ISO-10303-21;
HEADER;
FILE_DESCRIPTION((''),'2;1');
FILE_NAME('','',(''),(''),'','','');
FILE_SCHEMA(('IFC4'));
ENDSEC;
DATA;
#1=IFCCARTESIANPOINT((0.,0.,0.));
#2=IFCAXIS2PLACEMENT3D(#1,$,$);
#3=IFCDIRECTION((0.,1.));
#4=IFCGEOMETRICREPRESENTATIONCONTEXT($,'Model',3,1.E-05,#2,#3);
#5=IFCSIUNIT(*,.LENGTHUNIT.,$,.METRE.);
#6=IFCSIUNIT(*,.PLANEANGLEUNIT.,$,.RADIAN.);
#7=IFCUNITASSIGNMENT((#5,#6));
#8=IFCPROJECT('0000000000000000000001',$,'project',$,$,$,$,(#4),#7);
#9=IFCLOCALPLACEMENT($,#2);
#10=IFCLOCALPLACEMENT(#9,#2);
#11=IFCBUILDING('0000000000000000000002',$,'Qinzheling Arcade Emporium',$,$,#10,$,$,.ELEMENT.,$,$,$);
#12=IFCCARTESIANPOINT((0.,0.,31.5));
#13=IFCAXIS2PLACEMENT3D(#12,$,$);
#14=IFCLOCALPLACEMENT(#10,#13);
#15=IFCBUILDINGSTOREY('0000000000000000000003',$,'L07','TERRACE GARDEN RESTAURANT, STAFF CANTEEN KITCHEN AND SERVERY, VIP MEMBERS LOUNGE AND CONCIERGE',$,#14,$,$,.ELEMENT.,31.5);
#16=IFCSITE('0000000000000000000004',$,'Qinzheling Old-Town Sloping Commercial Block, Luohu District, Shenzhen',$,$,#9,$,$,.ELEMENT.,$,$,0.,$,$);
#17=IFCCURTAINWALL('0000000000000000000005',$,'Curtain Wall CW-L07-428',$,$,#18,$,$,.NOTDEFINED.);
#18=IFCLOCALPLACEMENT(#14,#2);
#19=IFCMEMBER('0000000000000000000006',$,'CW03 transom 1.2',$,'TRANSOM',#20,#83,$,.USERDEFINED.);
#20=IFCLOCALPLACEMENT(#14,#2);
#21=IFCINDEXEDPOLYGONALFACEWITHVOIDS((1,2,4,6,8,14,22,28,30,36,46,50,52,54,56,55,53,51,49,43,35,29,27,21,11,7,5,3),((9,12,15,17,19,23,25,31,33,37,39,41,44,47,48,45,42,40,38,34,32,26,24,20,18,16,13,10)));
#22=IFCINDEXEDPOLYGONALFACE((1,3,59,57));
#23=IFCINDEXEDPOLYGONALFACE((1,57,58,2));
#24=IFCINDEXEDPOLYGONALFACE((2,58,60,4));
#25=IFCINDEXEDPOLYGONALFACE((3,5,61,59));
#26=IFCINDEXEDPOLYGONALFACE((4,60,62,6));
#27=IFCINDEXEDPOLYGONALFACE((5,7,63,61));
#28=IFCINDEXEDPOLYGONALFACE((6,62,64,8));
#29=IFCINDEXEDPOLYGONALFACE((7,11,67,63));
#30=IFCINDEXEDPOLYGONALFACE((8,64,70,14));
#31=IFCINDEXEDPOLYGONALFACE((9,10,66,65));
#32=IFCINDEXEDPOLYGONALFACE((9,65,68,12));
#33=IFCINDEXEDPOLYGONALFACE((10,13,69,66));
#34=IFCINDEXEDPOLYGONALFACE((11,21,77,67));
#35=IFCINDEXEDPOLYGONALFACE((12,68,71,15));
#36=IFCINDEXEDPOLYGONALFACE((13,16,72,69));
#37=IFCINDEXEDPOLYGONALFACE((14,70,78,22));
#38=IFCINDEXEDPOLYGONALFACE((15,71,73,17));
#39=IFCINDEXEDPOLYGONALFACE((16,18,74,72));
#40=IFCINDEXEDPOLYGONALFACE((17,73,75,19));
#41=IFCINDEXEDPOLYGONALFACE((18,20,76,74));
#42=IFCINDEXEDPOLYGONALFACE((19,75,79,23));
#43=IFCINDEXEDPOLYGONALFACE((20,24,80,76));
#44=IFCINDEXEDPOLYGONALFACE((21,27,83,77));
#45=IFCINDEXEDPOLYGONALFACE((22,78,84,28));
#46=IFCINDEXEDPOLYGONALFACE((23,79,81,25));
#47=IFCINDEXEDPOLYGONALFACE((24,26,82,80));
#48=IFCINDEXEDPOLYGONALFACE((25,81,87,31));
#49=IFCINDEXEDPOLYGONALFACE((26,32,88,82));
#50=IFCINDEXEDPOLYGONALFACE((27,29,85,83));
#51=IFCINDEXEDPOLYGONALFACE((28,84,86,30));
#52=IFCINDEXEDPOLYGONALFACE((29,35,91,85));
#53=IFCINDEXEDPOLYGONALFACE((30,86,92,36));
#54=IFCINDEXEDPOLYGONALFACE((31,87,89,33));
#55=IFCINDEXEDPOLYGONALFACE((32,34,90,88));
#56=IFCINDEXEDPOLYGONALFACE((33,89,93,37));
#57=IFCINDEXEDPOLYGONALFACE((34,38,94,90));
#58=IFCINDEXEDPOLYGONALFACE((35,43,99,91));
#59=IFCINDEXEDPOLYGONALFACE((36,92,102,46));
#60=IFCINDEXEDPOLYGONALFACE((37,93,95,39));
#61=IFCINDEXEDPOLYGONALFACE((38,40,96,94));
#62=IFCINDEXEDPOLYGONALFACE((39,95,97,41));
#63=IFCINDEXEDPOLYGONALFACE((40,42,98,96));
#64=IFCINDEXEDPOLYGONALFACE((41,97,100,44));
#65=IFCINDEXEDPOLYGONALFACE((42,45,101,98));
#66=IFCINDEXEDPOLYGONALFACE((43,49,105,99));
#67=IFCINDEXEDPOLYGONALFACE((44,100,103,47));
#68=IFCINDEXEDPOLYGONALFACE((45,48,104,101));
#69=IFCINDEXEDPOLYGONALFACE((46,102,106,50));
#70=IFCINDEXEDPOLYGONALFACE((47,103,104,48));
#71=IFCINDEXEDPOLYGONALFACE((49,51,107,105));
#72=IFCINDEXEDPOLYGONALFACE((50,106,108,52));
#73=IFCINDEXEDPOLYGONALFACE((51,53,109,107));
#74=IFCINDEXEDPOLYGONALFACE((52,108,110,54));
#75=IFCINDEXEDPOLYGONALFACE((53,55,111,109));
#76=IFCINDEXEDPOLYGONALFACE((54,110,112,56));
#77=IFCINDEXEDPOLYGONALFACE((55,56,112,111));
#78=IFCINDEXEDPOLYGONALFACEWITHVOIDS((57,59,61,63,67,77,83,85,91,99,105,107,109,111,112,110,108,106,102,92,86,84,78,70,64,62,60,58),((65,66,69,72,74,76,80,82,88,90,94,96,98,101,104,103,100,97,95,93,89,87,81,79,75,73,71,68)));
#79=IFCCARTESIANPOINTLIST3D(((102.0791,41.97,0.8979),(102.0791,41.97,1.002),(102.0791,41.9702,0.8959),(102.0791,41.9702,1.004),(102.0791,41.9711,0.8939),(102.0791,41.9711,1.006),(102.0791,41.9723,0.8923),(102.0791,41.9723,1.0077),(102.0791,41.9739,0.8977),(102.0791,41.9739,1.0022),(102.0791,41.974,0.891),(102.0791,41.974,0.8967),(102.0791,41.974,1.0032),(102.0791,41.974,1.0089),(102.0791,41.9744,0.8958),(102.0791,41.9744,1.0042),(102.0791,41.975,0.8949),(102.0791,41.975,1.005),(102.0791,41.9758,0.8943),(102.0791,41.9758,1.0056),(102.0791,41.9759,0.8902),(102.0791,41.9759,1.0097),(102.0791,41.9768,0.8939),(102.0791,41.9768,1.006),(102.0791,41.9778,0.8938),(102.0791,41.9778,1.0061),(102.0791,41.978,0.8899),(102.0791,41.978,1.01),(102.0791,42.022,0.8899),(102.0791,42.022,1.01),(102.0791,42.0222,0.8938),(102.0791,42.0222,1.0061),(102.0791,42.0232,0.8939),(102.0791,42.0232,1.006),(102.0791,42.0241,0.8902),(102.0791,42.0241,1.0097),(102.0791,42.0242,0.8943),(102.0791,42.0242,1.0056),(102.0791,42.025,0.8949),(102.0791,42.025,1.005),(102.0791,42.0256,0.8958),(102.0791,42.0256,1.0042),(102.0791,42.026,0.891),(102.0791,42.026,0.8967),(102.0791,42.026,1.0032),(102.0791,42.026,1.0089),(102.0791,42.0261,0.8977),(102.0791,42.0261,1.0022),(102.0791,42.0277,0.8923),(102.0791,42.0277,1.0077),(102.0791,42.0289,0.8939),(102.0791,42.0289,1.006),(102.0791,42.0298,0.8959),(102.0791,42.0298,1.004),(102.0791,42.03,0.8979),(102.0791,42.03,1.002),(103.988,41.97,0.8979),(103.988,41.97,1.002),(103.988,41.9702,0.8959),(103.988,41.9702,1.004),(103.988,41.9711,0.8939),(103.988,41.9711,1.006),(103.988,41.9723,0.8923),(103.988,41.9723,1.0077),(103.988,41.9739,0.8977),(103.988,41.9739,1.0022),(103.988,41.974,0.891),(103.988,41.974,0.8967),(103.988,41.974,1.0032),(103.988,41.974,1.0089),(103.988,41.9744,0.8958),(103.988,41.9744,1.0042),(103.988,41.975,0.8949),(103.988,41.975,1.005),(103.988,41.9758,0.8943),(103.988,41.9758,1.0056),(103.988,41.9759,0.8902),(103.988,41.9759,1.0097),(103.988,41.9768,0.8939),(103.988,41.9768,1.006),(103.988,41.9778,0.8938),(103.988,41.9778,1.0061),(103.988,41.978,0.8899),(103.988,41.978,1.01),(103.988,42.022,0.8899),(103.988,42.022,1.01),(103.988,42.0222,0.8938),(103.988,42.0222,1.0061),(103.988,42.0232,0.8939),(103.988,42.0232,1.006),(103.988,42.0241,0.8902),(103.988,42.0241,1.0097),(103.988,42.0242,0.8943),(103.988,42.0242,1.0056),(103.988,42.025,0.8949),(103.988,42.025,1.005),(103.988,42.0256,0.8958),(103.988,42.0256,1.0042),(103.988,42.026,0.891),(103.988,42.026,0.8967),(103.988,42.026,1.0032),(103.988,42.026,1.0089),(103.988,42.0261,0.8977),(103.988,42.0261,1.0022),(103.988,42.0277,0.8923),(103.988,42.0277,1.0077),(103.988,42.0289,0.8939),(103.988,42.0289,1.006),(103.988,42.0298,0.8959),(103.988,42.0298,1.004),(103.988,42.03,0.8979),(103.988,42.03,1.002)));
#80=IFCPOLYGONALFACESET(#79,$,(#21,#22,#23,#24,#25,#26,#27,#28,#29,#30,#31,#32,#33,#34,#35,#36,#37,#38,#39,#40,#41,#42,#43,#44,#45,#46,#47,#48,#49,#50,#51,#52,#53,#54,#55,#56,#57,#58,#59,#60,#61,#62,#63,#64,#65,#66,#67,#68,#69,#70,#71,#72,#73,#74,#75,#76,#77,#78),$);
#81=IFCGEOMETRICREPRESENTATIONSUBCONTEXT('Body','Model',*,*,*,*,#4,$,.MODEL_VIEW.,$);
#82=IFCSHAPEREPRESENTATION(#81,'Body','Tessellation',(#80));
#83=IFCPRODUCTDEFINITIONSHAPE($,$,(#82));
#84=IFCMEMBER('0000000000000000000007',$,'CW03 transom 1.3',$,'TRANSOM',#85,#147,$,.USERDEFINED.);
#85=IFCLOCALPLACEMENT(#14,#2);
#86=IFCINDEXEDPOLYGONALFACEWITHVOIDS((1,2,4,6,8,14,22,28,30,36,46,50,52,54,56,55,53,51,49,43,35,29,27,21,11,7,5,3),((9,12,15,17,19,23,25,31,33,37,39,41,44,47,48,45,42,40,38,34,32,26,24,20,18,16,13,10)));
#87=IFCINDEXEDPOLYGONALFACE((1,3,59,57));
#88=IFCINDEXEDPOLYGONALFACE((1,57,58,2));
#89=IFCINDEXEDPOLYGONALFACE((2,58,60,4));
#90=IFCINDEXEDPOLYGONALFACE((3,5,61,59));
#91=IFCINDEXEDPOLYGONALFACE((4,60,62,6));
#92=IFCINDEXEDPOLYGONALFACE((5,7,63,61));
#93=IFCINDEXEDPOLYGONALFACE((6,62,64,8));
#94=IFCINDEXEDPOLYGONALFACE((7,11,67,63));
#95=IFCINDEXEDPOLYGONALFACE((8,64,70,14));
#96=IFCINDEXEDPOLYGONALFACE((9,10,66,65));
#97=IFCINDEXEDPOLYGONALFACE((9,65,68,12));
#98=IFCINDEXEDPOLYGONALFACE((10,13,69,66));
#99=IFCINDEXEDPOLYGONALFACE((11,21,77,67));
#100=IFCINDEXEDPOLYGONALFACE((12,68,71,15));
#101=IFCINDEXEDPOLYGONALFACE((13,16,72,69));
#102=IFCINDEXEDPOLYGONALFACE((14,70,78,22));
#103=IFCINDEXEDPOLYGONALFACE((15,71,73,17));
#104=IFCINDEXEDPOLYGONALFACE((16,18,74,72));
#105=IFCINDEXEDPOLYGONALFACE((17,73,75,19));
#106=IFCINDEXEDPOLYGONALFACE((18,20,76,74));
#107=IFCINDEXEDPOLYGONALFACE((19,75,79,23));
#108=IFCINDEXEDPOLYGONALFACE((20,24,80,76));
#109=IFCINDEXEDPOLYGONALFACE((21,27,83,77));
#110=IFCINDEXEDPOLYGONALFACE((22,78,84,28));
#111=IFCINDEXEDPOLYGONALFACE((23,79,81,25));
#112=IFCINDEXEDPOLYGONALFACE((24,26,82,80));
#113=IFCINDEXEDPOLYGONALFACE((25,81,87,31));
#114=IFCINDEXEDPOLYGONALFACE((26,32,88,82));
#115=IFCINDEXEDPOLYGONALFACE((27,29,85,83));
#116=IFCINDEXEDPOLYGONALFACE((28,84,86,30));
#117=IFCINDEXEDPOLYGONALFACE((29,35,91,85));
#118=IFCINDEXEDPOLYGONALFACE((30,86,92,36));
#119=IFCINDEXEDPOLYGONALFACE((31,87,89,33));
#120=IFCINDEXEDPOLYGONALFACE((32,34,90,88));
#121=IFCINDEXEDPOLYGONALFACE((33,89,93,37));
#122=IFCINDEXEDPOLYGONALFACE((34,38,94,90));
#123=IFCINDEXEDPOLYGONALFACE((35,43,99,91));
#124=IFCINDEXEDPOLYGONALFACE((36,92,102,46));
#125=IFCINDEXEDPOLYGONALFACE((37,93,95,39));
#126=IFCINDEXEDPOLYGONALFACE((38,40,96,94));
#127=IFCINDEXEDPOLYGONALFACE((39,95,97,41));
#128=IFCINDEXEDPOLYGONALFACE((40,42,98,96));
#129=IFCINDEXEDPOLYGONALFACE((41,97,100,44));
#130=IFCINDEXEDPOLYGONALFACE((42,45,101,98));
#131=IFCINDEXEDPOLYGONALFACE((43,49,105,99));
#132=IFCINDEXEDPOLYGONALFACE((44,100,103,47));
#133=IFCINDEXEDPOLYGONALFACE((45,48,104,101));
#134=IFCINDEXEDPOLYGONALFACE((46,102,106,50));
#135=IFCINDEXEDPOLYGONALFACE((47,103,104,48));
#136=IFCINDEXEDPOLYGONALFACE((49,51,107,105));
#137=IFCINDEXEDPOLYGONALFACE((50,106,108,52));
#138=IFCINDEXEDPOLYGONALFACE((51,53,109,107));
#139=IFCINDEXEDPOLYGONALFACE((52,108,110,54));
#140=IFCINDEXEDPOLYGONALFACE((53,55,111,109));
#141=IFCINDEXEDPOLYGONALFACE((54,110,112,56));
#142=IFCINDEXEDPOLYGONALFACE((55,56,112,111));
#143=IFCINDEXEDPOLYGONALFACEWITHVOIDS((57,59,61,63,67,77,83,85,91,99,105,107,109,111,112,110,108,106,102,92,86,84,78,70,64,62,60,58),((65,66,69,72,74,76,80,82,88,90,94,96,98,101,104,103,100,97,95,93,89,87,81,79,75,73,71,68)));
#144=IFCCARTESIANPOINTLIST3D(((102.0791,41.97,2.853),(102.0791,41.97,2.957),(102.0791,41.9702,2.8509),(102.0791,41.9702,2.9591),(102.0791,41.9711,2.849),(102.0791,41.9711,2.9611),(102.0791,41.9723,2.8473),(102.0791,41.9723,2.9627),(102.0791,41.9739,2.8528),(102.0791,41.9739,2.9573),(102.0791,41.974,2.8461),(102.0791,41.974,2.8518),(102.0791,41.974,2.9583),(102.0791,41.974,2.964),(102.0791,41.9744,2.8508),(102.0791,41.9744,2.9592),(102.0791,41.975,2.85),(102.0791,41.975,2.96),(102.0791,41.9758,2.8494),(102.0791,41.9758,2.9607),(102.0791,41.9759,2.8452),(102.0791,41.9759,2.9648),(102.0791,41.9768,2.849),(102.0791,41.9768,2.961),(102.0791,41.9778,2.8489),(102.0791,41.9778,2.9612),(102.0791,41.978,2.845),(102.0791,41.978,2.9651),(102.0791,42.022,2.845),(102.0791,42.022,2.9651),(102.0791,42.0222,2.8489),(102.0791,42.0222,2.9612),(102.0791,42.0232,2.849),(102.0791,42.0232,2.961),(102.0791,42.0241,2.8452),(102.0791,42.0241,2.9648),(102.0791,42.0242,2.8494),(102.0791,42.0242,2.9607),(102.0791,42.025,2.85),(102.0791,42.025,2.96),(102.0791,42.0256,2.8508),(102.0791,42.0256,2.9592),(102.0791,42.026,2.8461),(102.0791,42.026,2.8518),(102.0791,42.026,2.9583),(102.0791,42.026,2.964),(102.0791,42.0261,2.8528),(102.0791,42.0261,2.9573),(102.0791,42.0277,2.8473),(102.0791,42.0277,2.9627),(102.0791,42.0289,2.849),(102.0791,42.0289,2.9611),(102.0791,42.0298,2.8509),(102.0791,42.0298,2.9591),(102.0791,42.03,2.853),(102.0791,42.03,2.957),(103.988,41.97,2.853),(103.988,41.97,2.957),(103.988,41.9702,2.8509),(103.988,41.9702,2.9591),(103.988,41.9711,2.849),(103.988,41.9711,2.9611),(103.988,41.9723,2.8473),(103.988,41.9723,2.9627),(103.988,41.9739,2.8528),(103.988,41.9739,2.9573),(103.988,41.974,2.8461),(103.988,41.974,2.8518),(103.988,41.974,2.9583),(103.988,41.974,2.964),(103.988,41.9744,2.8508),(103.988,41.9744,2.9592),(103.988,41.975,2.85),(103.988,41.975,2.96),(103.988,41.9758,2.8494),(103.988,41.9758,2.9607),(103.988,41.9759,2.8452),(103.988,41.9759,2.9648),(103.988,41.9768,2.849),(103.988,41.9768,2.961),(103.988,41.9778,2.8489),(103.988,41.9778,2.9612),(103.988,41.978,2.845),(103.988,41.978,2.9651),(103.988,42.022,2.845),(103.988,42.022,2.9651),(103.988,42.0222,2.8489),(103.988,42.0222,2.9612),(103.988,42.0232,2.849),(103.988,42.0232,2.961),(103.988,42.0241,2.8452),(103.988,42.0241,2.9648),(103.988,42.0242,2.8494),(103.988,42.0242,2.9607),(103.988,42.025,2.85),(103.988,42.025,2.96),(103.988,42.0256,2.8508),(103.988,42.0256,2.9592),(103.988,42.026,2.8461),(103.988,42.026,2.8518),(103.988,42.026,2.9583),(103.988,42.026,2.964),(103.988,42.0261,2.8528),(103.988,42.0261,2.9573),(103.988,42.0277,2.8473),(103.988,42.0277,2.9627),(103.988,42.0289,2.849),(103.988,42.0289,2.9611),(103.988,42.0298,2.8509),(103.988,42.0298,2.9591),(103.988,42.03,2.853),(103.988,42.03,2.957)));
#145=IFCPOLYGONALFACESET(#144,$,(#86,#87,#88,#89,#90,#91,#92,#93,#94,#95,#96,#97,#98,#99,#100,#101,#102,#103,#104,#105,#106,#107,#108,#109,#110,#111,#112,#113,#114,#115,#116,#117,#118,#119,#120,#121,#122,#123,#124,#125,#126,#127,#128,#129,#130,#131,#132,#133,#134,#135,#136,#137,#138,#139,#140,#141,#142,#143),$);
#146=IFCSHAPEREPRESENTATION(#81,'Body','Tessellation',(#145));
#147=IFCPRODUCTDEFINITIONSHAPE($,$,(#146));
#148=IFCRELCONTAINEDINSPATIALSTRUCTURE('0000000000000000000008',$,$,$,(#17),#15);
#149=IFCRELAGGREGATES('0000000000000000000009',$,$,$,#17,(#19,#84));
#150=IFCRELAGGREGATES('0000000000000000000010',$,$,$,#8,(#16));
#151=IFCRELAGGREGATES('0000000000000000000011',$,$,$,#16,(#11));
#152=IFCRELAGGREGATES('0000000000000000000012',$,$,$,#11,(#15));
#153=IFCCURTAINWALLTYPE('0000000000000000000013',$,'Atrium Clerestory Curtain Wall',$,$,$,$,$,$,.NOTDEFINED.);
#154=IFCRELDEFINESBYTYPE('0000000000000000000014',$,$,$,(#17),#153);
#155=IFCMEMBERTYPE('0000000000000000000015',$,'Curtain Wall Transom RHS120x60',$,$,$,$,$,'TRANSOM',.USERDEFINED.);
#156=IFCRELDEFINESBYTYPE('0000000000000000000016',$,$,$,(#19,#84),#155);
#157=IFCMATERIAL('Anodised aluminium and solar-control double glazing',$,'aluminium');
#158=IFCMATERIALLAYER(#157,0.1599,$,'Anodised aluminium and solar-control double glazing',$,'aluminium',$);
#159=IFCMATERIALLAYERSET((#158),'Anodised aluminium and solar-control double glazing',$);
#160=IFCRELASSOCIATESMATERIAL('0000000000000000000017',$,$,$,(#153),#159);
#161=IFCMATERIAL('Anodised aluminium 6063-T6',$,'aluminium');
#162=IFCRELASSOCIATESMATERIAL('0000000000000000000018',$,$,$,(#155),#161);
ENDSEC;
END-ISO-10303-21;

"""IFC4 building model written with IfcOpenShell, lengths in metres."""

from ifc_helpers import new_model, si_unit, direction, frame, origin, origin_2d, place, context, subcontext, project, spatial, hollow_rectangle, extrude, material, layer, layer_set, material_profile, profile_set, type_object, element, aggregate, save


model = new_model("IFC4")

# Units and contexts
model_context = context("Model", 3, precision=1e-05, world=origin(), true_north=direction((0.0, 1.0)))
body_context = subcontext(model_context, "Body", "Model", "MODEL_VIEW")
ifc_project = project(units=[si_unit("LENGTHUNIT", "METRE"), si_unit("PLANEANGLEUNIT", "RADIAN")], contexts=[model_context])

# Site, building, storey
site_placement = place(None, origin())
site = spatial("IfcSite", under=ifc_project, at=site_placement, Name="Qinzheling Old-Town Sloping Commercial Block, Luohu District, Shenzhen", CompositionType="ELEMENT", RefElevation=0.0)
building_placement = place(site_placement, origin())
building = spatial("IfcBuilding", under=site, at=building_placement, Name="Qinzheling Arcade Emporium", CompositionType="ELEMENT")
storey_placement = place(building_placement, frame((0.0, 0.0, 31.5)))
storey = spatial("IfcBuildingStorey", under=building, at=storey_placement, Name="L07", Description="TERRACE GARDEN RESTAURANT, STAFF CANTEEN KITCHEN AND SERVERY, VIP MEMBERS LOUNGE AND CONCIERGE", CompositionType="ELEMENT", Elevation=31.5)

# Curtain wall, members
ifc_material_1 = material(Name="Anodised aluminium and solar-control double glazing", Category="aluminium")
ifc_layer_1 = layer(ifc_material_1, 0.1599, Name="Anodised aluminium and solar-control double glazing", Category="aluminium")
ifc_layer_set_1 = layer_set([ifc_layer_1], Name="Anodised aluminium and solar-control double glazing")
curtain_wall_type = type_object("IfcCurtainWallType", Name="Atrium Clerestory Curtain Wall", PredefinedType="NOTDEFINED", material=ifc_layer_set_1)
curtain_wall_placement = place(storey_placement, origin())
curtain_wall = element("IfcCurtainWall", 1, at=curtain_wall_placement, inside=storey, type_object=curtain_wall_type, Name="Curtain Wall CW-L07-428", PredefinedType="NOTDEFINED")
ifc_material_2 = material(Name="Anodised aluminium 6063-T6", Category="aluminium")
ifc_material_profile_1 = material_profile(ifc_material_2, hollow_rectangle(XDim=0.0601, YDim=0.1201, WallThickness=0.0039, InnerFilletRadius=0.0039, OuterFilletRadius=0.0081, at=origin_2d()), Name="RHS 120x60x4", Category="aluminium")
ifc_profile_set_1 = profile_set([ifc_material_profile_1], Name="Anodised aluminium 6063-T6")
member_type_1 = type_object("IfcMemberType", Name="Curtain Wall Transom RHS120x60", ElementType="TRANSOM", PredefinedType="USERDEFINED", material=ifc_profile_set_1)
member_1_placement = place(storey_placement, frame((103.988, 42.0, 0.95), z_axis=(-1.0, 0.0, 0.0), x_axis=(0.0, -1.0, 0.0)))
member_1 = element("IfcMember", 2, at=member_1_placement, type_object=member_type_1, Name="CW03 transom 1.2", ObjectType="TRANSOM", PredefinedType="USERDEFINED", context=body_context, shape_type="SweptSolid", body=[
    extrude(hollow_rectangle(XDim=0.0601, YDim=0.1201, WallThickness=0.0039, InnerFilletRadius=0.0039, OuterFilletRadius=0.0081, at=origin_2d()), origin(), (0.0, 0.0, 1.0), 1.9089),
])
member_2_placement = place(storey_placement, frame((103.988, 42.0, 2.905), z_axis=(-1.0, 0.0, 0.0), x_axis=(0.0, -1.0, 0.0)))
member_2 = element("IfcMember", 3, at=member_2_placement, type_object=member_type_1, Name="CW03 transom 1.3", ObjectType="TRANSOM", PredefinedType="USERDEFINED", context=body_context, shape_type="SweptSolid", body=[
    extrude(hollow_rectangle(XDim=0.0601, YDim=0.1201, WallThickness=0.0039, InnerFilletRadius=0.0039, OuterFilletRadius=0.0081, at=origin_2d()), origin(), (0.0, 0.0, 1.0), 1.9089),
])
aggregate(curtain_wall, [member_1, member_2])

save(model, "model.ifc")
